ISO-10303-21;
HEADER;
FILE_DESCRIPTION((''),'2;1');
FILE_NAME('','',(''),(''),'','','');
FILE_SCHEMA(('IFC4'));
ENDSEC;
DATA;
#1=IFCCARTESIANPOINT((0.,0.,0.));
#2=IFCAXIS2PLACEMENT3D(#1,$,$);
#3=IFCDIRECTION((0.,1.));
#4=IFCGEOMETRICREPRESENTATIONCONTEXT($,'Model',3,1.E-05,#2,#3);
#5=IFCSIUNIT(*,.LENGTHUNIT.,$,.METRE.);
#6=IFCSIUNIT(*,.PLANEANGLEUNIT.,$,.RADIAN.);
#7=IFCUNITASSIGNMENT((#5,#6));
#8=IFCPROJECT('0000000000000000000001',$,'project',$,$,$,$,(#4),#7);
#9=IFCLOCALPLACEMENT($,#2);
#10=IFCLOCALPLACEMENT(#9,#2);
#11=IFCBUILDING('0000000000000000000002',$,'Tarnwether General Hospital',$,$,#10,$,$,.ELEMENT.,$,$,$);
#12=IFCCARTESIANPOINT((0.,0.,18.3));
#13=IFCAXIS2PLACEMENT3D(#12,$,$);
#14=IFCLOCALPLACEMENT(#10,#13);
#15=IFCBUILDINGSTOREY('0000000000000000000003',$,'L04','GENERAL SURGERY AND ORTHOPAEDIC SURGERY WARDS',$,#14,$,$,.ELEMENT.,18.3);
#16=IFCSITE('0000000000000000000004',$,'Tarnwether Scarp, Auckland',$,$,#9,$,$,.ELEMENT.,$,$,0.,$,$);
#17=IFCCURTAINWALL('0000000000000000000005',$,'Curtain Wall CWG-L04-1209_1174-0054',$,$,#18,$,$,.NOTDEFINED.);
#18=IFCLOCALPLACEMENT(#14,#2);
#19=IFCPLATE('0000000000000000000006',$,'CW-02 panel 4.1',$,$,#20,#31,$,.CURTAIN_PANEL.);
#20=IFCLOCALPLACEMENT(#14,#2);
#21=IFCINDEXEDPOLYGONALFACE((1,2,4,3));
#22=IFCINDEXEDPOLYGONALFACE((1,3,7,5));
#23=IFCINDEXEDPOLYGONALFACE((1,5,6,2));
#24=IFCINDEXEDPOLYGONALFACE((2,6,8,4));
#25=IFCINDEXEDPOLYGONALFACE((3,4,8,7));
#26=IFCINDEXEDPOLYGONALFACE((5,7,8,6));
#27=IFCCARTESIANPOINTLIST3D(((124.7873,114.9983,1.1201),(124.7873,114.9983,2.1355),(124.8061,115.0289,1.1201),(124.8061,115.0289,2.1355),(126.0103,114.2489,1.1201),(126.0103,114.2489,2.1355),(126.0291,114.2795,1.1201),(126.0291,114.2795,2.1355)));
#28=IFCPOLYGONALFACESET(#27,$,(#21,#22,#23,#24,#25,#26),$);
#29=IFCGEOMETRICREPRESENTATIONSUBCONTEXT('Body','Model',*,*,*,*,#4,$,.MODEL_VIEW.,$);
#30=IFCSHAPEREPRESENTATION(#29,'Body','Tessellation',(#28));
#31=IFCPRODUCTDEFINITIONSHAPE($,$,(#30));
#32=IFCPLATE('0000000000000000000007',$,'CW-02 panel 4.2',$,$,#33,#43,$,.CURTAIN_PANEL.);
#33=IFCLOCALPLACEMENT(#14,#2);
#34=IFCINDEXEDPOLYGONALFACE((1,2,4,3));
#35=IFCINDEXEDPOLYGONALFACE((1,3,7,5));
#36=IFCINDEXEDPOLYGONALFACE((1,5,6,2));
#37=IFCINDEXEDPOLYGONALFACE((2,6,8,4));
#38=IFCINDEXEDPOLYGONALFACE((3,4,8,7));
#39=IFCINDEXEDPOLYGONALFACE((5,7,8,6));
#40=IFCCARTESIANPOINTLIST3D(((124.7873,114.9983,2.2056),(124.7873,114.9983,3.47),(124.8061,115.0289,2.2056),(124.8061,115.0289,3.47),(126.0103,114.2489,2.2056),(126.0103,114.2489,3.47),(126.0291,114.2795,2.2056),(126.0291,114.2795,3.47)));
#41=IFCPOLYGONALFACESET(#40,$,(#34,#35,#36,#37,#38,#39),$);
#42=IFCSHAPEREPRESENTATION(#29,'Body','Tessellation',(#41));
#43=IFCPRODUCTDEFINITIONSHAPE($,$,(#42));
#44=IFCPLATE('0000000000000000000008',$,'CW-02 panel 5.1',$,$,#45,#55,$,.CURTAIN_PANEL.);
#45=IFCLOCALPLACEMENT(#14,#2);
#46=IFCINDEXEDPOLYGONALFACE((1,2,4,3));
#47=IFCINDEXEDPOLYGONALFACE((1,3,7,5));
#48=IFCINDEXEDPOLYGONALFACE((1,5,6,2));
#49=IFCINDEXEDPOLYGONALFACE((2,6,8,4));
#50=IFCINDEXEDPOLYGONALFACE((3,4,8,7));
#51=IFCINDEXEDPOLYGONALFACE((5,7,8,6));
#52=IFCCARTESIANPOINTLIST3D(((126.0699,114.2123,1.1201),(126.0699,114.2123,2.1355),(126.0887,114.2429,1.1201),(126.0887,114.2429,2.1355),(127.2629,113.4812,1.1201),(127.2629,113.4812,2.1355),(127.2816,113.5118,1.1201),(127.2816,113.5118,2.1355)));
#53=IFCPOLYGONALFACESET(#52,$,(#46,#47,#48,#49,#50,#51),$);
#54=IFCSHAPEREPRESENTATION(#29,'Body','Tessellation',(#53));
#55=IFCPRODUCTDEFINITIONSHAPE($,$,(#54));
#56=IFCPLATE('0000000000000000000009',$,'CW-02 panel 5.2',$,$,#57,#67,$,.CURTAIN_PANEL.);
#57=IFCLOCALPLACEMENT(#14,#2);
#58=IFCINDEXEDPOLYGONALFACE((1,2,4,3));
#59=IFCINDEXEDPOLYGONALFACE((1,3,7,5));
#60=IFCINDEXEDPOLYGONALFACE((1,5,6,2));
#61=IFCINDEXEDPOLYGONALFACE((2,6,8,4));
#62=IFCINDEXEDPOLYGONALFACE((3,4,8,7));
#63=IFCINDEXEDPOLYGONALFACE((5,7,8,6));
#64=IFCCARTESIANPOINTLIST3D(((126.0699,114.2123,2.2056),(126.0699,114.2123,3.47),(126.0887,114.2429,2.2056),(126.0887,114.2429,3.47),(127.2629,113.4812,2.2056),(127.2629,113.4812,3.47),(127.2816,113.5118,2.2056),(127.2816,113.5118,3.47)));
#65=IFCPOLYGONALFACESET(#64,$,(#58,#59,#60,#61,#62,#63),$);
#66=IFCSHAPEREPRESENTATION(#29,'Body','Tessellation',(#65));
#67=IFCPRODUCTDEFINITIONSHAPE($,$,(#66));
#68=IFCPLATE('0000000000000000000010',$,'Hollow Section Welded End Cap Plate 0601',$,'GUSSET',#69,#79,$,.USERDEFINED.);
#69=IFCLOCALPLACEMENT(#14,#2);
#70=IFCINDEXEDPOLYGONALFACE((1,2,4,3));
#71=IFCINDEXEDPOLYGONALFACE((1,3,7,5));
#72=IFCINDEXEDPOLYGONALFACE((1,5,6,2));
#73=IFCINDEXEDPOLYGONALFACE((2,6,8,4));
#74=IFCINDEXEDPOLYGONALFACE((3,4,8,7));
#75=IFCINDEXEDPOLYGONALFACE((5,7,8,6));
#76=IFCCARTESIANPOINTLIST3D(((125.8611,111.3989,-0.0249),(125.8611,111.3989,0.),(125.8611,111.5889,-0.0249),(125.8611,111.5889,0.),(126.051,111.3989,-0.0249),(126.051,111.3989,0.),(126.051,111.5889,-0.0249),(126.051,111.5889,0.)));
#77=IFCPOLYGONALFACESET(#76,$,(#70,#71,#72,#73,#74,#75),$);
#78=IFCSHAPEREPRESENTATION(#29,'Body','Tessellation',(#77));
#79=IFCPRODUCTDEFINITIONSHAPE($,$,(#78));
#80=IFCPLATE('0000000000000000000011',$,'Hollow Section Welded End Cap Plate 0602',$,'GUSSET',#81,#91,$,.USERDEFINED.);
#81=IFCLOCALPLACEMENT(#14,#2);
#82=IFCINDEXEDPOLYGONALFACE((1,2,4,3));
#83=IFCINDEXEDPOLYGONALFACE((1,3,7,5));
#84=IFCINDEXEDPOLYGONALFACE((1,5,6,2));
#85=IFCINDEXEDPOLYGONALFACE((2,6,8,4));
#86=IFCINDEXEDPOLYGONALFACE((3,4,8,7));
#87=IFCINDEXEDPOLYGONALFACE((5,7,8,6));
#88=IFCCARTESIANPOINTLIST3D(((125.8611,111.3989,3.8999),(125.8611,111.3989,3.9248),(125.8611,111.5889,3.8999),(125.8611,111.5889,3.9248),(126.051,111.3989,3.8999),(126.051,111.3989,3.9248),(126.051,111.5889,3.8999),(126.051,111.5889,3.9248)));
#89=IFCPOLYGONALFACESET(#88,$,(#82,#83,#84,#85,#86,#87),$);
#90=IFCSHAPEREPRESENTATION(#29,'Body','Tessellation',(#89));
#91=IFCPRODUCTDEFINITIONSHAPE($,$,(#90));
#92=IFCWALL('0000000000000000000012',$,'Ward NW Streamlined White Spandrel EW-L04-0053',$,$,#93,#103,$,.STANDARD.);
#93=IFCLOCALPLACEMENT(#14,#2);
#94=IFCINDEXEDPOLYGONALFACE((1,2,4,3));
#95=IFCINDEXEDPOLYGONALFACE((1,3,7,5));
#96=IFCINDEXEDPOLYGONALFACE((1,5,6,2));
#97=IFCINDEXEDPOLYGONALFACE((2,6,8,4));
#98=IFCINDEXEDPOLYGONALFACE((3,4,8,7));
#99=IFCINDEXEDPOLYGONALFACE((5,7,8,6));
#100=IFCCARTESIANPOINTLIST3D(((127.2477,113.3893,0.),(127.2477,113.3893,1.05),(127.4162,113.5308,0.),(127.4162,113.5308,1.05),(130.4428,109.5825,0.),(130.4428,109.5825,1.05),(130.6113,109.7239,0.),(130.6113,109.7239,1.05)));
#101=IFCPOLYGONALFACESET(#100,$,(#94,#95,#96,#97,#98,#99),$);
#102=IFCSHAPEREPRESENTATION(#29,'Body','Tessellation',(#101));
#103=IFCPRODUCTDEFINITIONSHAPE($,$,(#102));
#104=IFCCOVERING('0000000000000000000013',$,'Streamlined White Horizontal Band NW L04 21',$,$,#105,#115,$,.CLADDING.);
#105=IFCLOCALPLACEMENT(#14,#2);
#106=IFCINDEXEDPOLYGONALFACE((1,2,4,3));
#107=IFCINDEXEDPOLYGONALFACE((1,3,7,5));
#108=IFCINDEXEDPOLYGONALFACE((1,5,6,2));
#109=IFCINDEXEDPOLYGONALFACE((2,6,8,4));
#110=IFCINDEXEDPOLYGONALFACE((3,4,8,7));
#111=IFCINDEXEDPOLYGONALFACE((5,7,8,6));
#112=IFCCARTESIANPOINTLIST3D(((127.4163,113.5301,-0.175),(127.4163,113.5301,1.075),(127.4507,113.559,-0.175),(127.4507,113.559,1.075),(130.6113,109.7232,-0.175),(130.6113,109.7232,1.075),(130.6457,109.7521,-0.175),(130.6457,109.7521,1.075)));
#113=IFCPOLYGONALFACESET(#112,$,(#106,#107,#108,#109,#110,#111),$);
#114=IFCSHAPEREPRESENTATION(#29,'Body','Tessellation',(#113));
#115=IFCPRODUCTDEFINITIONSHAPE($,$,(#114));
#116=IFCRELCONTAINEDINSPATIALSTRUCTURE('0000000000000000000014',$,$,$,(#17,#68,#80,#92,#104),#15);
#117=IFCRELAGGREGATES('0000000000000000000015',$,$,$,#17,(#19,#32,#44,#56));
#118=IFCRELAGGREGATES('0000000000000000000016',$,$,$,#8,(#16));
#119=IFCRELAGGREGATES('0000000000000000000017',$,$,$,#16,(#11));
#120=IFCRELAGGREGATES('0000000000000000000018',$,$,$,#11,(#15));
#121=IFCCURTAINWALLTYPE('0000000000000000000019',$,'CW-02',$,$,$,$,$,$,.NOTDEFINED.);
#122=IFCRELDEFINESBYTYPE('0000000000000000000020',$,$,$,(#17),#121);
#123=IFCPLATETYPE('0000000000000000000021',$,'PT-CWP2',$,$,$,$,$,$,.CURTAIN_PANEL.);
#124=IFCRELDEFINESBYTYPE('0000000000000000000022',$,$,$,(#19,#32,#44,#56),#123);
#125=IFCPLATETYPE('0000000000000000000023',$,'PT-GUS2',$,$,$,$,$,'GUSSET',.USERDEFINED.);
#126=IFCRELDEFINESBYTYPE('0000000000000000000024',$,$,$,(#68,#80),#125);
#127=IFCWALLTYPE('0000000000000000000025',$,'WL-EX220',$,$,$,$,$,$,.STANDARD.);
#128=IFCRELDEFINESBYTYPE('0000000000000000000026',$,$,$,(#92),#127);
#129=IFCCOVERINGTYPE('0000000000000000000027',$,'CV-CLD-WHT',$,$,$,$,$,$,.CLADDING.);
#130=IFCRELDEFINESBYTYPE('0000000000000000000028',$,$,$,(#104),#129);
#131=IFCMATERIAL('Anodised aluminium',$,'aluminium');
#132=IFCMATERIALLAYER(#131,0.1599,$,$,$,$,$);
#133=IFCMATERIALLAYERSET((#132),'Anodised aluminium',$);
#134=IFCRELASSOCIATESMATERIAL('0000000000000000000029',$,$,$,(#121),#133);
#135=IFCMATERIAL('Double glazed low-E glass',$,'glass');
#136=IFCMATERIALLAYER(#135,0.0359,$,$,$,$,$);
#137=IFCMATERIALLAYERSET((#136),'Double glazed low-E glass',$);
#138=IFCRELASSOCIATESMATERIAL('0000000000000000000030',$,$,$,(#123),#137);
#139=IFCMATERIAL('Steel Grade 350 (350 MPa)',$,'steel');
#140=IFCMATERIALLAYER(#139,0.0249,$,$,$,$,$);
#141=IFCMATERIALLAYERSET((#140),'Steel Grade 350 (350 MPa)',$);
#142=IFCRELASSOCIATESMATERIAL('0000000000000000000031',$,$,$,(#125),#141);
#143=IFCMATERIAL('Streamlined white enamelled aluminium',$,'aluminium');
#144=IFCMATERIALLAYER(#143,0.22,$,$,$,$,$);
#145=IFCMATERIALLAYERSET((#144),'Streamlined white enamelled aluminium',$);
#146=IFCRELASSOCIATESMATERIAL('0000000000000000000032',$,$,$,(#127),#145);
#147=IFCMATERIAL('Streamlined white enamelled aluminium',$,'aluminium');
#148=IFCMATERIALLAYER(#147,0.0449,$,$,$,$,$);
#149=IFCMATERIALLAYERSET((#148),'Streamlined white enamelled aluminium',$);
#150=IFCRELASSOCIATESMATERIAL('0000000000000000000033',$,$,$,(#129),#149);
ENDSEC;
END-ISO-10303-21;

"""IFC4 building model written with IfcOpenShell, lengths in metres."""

from ifc_helpers import new_model, si_unit, direction, frame, frame_2d, origin, origin_2d, place, context, subcontext, project, spatial, rectangle, extrude, material, layer, layer_set, type_object, element, aggregate, save


model = new_model("IFC4")

# Units and contexts
model_context = context("Model", 3, precision=1e-05, world=origin(), true_north=direction((0.0, 1.0)))
body_context = subcontext(model_context, "Body", "Model", "MODEL_VIEW")
ifc_project = project(units=[si_unit("LENGTHUNIT", "METRE"), si_unit("PLANEANGLEUNIT", "RADIAN")], contexts=[model_context])

# Site, building, storey
site_placement = place(None, origin())
site = spatial("IfcSite", under=ifc_project, at=site_placement, Name="Tarnwether Scarp, Auckland", CompositionType="ELEMENT", RefElevation=0.0)
building_placement = place(site_placement, origin())
building = spatial("IfcBuilding", under=site, at=building_placement, Name="Tarnwether General Hospital", CompositionType="ELEMENT")
storey_placement = place(building_placement, frame((0.0, 0.0, 18.3)))
storey = spatial("IfcBuildingStorey", under=building, at=storey_placement, Name="L04", Description="GENERAL SURGERY AND ORTHOPAEDIC SURGERY WARDS", CompositionType="ELEMENT", Elevation=18.3)

# Curtain wall
ifc_material_1 = material(Name="Anodised aluminium", Category="aluminium")
ifc_layer_1 = layer(ifc_material_1, 0.1599)
ifc_layer_set_1 = layer_set([ifc_layer_1], Name="Anodised aluminium")
curtain_wall_type_1 = type_object("IfcCurtainWallType", Name="CW-02", PredefinedType="NOTDEFINED", material=ifc_layer_set_1)
curtain_wall_1_placement = place(storey_placement, origin())
curtain_wall_1 = element("IfcCurtainWall", 1, at=curtain_wall_1_placement, inside=storey, type_object=curtain_wall_type_1, Name="Curtain Wall CWG-L04-1209_1174-0054", PredefinedType="NOTDEFINED")

# Plates
ifc_material_2 = material(Name="Double glazed low-E glass", Category="glass")
ifc_layer_2 = layer(ifc_material_2, 0.0359)
ifc_layer_set_2 = layer_set([ifc_layer_2], Name="Double glazed low-E glass")
plate_type_1 = type_object("IfcPlateType", Name="PT-CWP2", PredefinedType="CURTAIN_PANEL", material=ifc_layer_set_2)
plate_1_placement = place(storey_placement, frame((125.4082, 114.6389, 1.1201), z_axis=(0.0, 0.0, 1.0), x_axis=(0.852634, -0.522509, 0.0)))
plate_1 = element("IfcPlate", 2, at=plate_1_placement, type_object=plate_type_1, Name="CW-02 panel 4.1", PredefinedType="CURTAIN_PANEL", context=body_context, shape_type="SweptSolid", body=[
    extrude(rectangle(XDim=1.4343, YDim=0.0359, at=origin_2d()), origin(), (0.0, 0.0, 1.0), 1.0154),
])
plate_2_placement = place(storey_placement, frame((125.4082, 114.6389, 2.2056), z_axis=(0.0, 0.0, 1.0), x_axis=(0.852634, -0.522509, 0.0)))
plate_2 = element("IfcPlate", 3, at=plate_2_placement, type_object=plate_type_1, Name="CW-02 panel 4.2", PredefinedType="CURTAIN_PANEL", context=body_context, shape_type="SweptSolid", body=[
    extrude(rectangle(XDim=1.4343, YDim=0.0359, at=origin_2d()), origin(), (0.0, 0.0, 1.0), 1.2644),
])
plate_3_placement = place(storey_placement, frame((126.6758, 113.8621, 1.1201), z_axis=(0.0, 0.0, 1.0), x_axis=(0.852634, -0.522509, 0.0)))
plate_3 = element("IfcPlate", 4, at=plate_3_placement, type_object=plate_type_1, Name="CW-02 panel 5.1", PredefinedType="CURTAIN_PANEL", context=body_context, shape_type="SweptSolid", body=[
    extrude(rectangle(XDim=1.3992, YDim=0.0359, at=origin_2d()), origin(), (0.0, 0.0, 1.0), 1.0154),
])
plate_4_placement = place(storey_placement, frame((126.6758, 113.8621, 2.2056), z_axis=(0.0, 0.0, 1.0), x_axis=(0.852634, -0.522509, 0.0)))
plate_4 = element("IfcPlate", 5, at=plate_4_placement, type_object=plate_type_1, Name="CW-02 panel 5.2", PredefinedType="CURTAIN_PANEL", context=body_context, shape_type="SweptSolid", body=[
    extrude(rectangle(XDim=1.3992, YDim=0.0359, at=origin_2d()), origin(), (0.0, 0.0, 1.0), 1.2644),
])
aggregate(curtain_wall_1, [plate_1, plate_2, plate_3, plate_4])

# Plates
ifc_material_3 = material(Name="Steel Grade 350 (350 MPa)", Category="steel")
ifc_layer_3 = layer(ifc_material_3, 0.0249)
ifc_layer_set_3 = layer_set([ifc_layer_3], Name="Steel Grade 350 (350 MPa)")
plate_type_2 = type_object("IfcPlateType", Name="PT-GUS2", ElementType="GUSSET", PredefinedType="USERDEFINED", material=ifc_layer_set_3)
for number, where, z_axis, x_axis, name in (
    (6, (125.9561, 111.4939, -0.0249), (0.0, 0.0, 1.0), (1.0, 0.0, 0.0), "Hollow Section Welded End Cap Plate 0601"),
    (7, (125.9561, 111.4939, 3.8999), (0.0, 0.0, 1.0), (1.0, 0.0, 0.0), "Hollow Section Welded End Cap Plate 0602"),
):
    element("IfcPlate", number, at=place(storey_placement, frame(where, z_axis=z_axis, x_axis=x_axis)), inside=storey, type_object=plate_type_2, Name=name, ObjectType="GUSSET", PredefinedType="USERDEFINED", context=body_context, shape_type="SweptSolid", body=[
        extrude(rectangle(XDim=0.1899, YDim=0.1899, at=origin_2d()), origin(), (0.0, 0.0, 1.0), 0.0249),
    ])

# Wall
ifc_material_4 = material(Name="Streamlined white enamelled aluminium", Category="aluminium")
ifc_layer_4 = layer(ifc_material_4, 0.22)
ifc_layer_set_4 = layer_set([ifc_layer_4], Name="Streamlined white enamelled aluminium")
wall_type = type_object("IfcWallType", Name="WL-EX220", PredefinedType="STANDARD", material=ifc_layer_set_4)
wall_placement = place(storey_placement, frame((127.332, 113.46, 0.0), z_axis=(0.0, 0.0, 1.0), x_axis=(0.642872, -0.765974, 0.0)))
element("IfcWall", 8, at=wall_placement, inside=storey, type_object=wall_type, Name="Ward NW Streamlined White Spandrel EW-L04-0053", PredefinedType="STANDARD", context=body_context, shape_type="SweptSolid", body=[
    extrude(rectangle(XDim=4.97, YDim=0.22, at=frame_2d((2.4849, 0.0))), origin(), (0.0, 0.0, 1.0), 1.05),
])

# Covering
ifc_material_5 = material(Name="Streamlined white enamelled aluminium", Category="aluminium")
ifc_layer_5 = layer(ifc_material_5, 0.0449)
ifc_layer_set_5 = layer_set([ifc_layer_5], Name="Streamlined white enamelled aluminium")
covering_type = type_object("IfcCoveringType", Name="CV-CLD-WHT", PredefinedType="CLADDING", material=ifc_layer_set_5)
covering_placement = place(storey_placement, frame((129.031, 111.6411, -0.175), z_axis=(0.0, 0.0, 1.0), x_axis=(0.642854, -0.765988, 0.0)))
element("IfcCovering", 9, at=covering_placement, inside=storey, type_object=covering_type, Name="Streamlined White Horizontal Band NW L04 21", PredefinedType="CLADDING", context=body_context, shape_type="SweptSolid", body=[
    extrude(rectangle(XDim=4.97, YDim=0.0449, at=origin_2d()), origin(), (0.0, 0.0, 1.0), 1.25),
])

save(model, "model.ifc")
